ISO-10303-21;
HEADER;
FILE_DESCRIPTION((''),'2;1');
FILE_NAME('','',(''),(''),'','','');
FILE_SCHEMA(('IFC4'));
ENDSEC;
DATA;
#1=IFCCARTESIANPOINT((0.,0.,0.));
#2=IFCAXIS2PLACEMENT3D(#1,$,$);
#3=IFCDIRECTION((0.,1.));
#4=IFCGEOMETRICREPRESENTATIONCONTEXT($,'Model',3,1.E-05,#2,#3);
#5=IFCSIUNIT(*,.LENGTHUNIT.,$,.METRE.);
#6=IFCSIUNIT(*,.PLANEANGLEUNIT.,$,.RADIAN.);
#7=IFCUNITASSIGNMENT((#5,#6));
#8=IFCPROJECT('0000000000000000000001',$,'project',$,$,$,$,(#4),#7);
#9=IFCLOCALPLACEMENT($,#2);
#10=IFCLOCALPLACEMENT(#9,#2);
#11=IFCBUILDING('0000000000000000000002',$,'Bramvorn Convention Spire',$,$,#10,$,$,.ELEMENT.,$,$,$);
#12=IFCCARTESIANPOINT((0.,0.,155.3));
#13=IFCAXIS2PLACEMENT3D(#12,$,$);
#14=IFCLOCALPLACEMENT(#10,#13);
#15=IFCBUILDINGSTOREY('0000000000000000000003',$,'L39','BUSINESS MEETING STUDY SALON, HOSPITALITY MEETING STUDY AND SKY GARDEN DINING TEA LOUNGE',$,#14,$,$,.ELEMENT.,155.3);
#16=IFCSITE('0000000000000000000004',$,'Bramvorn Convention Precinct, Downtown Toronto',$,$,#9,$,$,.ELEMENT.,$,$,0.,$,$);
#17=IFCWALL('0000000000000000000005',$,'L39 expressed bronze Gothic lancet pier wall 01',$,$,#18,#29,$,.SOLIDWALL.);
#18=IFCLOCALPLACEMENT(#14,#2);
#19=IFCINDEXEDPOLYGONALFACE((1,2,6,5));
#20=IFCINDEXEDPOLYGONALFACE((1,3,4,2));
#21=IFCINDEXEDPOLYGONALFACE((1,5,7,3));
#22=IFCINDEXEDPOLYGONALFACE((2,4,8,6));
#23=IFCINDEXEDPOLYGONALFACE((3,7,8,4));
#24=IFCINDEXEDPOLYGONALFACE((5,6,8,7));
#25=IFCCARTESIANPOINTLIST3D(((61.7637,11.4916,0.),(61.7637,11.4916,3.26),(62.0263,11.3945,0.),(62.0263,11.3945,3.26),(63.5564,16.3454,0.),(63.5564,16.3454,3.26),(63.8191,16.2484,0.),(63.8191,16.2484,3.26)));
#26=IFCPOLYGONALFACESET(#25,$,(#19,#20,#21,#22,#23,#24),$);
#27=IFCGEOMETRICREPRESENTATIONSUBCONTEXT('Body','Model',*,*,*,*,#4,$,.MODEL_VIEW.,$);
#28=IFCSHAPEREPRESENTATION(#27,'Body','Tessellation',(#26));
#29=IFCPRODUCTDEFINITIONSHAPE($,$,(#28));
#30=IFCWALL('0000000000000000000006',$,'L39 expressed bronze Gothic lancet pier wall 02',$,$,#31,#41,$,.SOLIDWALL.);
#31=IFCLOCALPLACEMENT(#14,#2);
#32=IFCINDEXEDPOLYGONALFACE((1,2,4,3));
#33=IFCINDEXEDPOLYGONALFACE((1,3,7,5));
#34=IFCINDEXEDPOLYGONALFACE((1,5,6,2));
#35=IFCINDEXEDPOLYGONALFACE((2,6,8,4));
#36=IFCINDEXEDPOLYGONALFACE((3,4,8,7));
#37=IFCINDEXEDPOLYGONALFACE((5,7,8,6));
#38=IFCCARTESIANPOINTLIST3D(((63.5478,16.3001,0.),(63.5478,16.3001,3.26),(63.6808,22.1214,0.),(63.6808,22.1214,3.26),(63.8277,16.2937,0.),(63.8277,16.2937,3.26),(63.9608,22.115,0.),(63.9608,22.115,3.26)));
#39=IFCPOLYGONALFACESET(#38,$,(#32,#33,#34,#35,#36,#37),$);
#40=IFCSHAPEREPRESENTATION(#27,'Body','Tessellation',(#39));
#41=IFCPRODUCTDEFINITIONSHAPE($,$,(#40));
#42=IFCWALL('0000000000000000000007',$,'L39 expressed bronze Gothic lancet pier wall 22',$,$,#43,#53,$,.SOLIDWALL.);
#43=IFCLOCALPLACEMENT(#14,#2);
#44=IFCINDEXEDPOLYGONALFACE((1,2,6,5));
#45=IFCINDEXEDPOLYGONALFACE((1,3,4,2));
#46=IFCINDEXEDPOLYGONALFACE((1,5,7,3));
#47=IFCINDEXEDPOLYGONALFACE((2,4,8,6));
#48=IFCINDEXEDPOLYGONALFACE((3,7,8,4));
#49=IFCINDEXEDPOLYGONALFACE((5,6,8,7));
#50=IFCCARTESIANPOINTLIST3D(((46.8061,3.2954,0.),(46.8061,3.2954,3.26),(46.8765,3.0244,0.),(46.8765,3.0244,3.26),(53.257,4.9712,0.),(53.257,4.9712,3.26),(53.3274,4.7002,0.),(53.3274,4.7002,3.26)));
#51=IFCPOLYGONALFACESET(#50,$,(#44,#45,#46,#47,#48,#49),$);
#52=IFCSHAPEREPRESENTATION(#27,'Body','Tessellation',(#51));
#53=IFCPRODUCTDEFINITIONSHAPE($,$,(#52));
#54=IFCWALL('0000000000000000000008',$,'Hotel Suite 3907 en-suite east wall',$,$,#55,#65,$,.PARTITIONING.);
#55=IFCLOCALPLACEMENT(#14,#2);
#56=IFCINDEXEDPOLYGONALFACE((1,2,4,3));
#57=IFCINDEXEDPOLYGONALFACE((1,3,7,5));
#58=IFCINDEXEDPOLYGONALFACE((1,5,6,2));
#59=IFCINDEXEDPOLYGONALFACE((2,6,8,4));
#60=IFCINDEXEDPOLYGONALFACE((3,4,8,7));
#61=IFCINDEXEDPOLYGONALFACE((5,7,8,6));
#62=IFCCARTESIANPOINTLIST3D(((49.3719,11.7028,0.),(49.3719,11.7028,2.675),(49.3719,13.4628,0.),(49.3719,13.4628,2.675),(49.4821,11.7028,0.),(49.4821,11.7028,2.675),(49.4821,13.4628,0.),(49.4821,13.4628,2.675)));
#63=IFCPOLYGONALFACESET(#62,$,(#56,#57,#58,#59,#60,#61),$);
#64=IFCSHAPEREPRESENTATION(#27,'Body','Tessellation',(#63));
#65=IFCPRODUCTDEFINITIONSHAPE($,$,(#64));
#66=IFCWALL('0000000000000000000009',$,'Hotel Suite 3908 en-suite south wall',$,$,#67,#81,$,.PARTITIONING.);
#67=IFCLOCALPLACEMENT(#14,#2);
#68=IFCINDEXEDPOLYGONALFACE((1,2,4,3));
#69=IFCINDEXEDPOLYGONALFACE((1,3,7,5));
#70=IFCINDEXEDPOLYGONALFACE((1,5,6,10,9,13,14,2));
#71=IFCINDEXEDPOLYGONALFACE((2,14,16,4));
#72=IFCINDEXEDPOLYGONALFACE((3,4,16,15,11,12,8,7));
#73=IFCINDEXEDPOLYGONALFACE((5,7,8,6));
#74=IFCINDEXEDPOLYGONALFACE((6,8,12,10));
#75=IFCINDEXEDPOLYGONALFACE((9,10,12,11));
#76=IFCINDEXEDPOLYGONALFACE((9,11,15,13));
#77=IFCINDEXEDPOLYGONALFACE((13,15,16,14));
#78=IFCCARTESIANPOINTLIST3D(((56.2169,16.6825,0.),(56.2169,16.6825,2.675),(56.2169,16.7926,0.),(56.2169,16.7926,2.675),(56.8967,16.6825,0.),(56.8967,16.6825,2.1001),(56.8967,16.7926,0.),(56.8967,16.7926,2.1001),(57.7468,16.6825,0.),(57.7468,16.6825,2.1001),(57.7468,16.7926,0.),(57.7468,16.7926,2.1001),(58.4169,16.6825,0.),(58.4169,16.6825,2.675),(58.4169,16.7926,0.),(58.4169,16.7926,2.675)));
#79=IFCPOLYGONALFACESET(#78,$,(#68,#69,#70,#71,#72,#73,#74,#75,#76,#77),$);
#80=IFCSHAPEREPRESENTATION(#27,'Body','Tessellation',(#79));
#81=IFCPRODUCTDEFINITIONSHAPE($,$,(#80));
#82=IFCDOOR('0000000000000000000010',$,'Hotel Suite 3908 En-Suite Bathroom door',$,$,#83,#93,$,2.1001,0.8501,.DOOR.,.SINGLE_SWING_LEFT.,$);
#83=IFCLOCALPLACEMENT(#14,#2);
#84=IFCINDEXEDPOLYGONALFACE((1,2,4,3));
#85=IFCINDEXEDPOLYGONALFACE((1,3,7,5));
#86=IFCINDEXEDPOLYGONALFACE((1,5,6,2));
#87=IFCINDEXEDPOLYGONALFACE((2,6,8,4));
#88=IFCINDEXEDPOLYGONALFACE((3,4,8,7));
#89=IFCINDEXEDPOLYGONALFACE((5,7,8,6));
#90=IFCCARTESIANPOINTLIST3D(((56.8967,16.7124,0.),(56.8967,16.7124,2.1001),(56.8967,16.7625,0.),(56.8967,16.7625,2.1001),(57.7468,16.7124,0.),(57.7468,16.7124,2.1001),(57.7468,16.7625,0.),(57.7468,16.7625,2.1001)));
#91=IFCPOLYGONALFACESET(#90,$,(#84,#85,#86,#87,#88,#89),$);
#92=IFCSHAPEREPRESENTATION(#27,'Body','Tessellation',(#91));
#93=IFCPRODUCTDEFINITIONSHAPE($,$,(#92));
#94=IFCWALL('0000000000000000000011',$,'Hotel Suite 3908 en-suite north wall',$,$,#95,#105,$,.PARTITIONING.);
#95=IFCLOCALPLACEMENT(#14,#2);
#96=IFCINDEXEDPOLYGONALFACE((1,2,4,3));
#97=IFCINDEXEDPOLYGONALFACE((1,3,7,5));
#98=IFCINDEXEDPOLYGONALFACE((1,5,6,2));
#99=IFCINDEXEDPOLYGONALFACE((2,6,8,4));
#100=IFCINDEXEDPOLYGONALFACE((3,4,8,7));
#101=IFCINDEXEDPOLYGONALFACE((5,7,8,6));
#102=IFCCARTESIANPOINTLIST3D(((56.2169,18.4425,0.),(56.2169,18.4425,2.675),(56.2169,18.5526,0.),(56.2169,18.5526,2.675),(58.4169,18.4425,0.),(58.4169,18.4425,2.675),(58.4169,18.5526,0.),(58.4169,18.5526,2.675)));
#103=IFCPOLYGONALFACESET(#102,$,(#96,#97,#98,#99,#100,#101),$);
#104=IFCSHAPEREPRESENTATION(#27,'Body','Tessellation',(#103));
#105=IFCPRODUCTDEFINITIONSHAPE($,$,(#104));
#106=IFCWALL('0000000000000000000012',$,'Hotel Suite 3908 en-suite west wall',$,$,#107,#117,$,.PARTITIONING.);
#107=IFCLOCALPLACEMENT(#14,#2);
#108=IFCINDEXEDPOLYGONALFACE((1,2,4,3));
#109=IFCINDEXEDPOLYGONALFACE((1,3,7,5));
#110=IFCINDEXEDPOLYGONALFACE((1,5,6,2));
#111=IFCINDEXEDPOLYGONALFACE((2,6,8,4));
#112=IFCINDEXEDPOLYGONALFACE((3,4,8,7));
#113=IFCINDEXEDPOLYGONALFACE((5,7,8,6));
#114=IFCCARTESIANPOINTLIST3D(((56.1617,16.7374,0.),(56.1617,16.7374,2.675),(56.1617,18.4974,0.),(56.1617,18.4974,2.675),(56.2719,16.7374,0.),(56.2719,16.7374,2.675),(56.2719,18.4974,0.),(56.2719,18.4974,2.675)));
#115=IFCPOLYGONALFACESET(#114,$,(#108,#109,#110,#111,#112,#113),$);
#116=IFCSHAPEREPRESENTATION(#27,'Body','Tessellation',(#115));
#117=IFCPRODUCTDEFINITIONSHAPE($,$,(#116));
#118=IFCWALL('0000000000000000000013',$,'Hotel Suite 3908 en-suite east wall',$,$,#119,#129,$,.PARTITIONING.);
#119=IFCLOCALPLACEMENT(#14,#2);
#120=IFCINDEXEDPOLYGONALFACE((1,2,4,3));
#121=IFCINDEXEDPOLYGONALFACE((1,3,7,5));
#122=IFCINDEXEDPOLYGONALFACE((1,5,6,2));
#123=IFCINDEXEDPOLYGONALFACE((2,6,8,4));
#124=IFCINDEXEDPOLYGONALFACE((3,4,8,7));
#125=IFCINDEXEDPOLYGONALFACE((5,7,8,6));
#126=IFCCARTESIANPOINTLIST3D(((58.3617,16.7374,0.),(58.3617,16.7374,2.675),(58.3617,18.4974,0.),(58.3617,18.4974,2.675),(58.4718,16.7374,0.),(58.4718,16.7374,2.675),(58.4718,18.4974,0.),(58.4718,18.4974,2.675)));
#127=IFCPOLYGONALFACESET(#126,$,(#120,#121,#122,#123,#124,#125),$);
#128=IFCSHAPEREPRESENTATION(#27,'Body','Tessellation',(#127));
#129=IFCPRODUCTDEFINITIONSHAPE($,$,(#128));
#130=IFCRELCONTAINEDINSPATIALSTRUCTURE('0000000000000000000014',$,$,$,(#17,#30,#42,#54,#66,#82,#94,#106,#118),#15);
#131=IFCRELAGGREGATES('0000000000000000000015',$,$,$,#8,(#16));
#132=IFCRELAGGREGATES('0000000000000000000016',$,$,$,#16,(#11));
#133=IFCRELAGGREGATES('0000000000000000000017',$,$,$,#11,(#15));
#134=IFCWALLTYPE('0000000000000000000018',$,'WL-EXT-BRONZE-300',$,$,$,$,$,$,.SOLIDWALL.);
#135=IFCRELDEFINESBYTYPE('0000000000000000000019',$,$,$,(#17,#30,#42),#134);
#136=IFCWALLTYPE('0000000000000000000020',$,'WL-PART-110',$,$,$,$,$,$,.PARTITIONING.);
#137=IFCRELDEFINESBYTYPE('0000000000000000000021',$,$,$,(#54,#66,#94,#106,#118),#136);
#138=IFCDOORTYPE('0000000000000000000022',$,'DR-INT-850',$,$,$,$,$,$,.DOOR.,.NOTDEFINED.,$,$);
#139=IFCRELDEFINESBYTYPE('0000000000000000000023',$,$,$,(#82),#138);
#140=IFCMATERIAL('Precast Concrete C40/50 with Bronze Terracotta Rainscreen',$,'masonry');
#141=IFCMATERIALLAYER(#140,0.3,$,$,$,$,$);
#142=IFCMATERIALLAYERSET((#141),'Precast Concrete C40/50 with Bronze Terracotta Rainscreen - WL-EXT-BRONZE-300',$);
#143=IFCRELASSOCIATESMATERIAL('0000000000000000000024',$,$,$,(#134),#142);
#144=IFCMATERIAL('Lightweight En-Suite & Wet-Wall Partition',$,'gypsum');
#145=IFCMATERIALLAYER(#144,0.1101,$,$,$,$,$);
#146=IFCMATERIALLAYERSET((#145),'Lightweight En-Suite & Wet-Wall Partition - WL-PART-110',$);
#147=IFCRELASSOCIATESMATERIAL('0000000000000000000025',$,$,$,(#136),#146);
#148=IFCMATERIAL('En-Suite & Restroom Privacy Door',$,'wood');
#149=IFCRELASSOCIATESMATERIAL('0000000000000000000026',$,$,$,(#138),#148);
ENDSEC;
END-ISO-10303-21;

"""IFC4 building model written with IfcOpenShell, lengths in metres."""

from ifc_helpers import new_model, si_unit, direction, frame, frame_2d, origin, place, context, subcontext, project, spatial, rectangle, extrude, material, layer, layer_set, type_object, element, fill, save


model = new_model("IFC4")

# Units and contexts
model_context = context("Model", 3, precision=1e-05, world=origin(), true_north=direction((0.0, 1.0)))
body_context = subcontext(model_context, "Body", "Model", "MODEL_VIEW")
ifc_project = project(units=[si_unit("LENGTHUNIT", "METRE"), si_unit("PLANEANGLEUNIT", "RADIAN")], contexts=[model_context])

# Site, building, storey
site_placement = place(None, origin())
site = spatial("IfcSite", under=ifc_project, at=site_placement, Name="Bramvorn Convention Precinct, Downtown Toronto", CompositionType="ELEMENT", RefElevation=0.0)
building_placement = place(site_placement, origin())
building = spatial("IfcBuilding", under=site, at=building_placement, Name="Bramvorn Convention Spire", CompositionType="ELEMENT")
storey_placement = place(building_placement, frame((0.0, 0.0, 155.3)))
storey = spatial("IfcBuildingStorey", under=building, at=storey_placement, Name="L39", Description="BUSINESS MEETING STUDY SALON, HOSPITALITY MEETING STUDY AND SKY GARDEN DINING TEA LOUNGE", CompositionType="ELEMENT", Elevation=155.3)

# Walls
ifc_material_1 = material(Name="Precast Concrete C40/50 with Bronze Terracotta Rainscreen", Category="masonry")
ifc_layer_1 = layer(ifc_material_1, 0.3)
ifc_layer_set_1 = layer_set([ifc_layer_1], Name="Precast Concrete C40/50 with Bronze Terracotta Rainscreen - WL-EXT-BRONZE-300")
wall_type_1 = type_object("IfcWallType", Name="WL-EXT-BRONZE-300", PredefinedType="SOLIDWALL", material=ifc_layer_set_1)
wall_1_placement = place(storey_placement, frame((63.6877, 16.2969, 0.0), z_axis=(0.0, 0.0, 1.0), x_axis=(-0.346471, -0.938061, 0.0)))
element("IfcWall", 1, at=wall_1_placement, inside=storey, type_object=wall_type_1, Name="L39 expressed bronze Gothic lancet pier wall 01", PredefinedType="SOLIDWALL", context=body_context, shape_type="SweptSolid", body=[
    extrude(rectangle(XDim=5.1743, YDim=0.28, at=frame_2d((2.5872, 0.0))), origin(), (0.0, 0.0, 1.0), 3.26),
])
wall_2_placement = place(storey_placement, frame((63.8208, 22.1182, 0.0), z_axis=(0.0, 0.0, 1.0), x_axis=(-0.022851, -0.999739, 0.0)))
element("IfcWall", 2, at=wall_2_placement, inside=storey, type_object=wall_type_1, Name="L39 expressed bronze Gothic lancet pier wall 02", PredefinedType="SOLIDWALL", context=body_context, shape_type="SweptSolid", body=[
    extrude(rectangle(XDim=5.8228, YDim=0.28, at=frame_2d((2.9114, 0.0))), origin(), (0.0, 0.0, 1.0), 3.26),
])
wall_3_placement = place(storey_placement, frame((53.2922, 4.8357, 0.0), z_axis=(0.0, 0.0, 1.0), x_axis=(-0.967876, -0.251429, 0.0)))
element("IfcWall", 3, at=wall_3_placement, inside=storey, type_object=wall_type_1, Name="L39 expressed bronze Gothic lancet pier wall 22", PredefinedType="SOLIDWALL", context=body_context, shape_type="SweptSolid", body=[
    extrude(rectangle(XDim=6.665, YDim=0.28, at=frame_2d((3.3325, 0.0))), origin(), (0.0, 0.0, 1.0), 3.26),
])
ifc_material_2 = material(Name="Lightweight En-Suite & Wet-Wall Partition", Category="gypsum")
ifc_layer_2 = layer(ifc_material_2, 0.1101)
ifc_layer_set_2 = layer_set([ifc_layer_2], Name="Lightweight En-Suite & Wet-Wall Partition - WL-PART-110")
wall_type_2 = type_object("IfcWallType", Name="WL-PART-110", PredefinedType="PARTITIONING", material=ifc_layer_set_2)
wall_4_placement = place(storey_placement, frame((49.427, 11.7029, 0.0), z_axis=(0.0, 0.0, 1.0), x_axis=(0.0, 1.0, 0.0)))
element("IfcWall", 4, at=wall_4_placement, inside=storey, type_object=wall_type_2, Name="Hotel Suite 3907 en-suite east wall", PredefinedType="PARTITIONING", context=body_context, shape_type="SweptSolid", body=[
    extrude(rectangle(XDim=1.76, YDim=0.1101, at=frame_2d((0.8799, 0.0))), origin(), (0.0, 0.0, 1.0), 2.675),
])

# Wall, opening, door
wall_5_placement = place(storey_placement, frame((56.2168, 16.7375, 0.0), z_axis=(0.0, 0.0, 1.0), x_axis=(1.0, 0.0, 0.0)))
wall_5 = element("IfcWall", 5, at=wall_5_placement, inside=storey, type_object=wall_type_2, Name="Hotel Suite 3908 en-suite south wall", PredefinedType="PARTITIONING", context=body_context, shape_type="SweptSolid", body=[
    extrude(rectangle(XDim=2.2, YDim=0.1101, at=frame_2d((1.1001, 0.0))), origin(), (0.0, 0.0, 1.0), 2.675),
])
opening_placement = place(wall_5_placement, frame((0.6799, 0.0, 0.0)))
opening = element("IfcOpeningElement", 6, at=opening_placement, cuts=wall_5, PredefinedType="OPENING", context=body_context, shape_type="SweptSolid", body=[
    extrude(rectangle(XDim=0.8501, YDim=2.1001, at=frame_2d((0.425, 1.05))), frame((0.0, 0.0649, 0.0), z_axis=(0.0, -1.0, 0.0), x_axis=(1.0, 0.0, 0.0)), (0.0, 0.0, 1.0), 0.1301),
])
ifc_material_3 = material(Name="En-Suite & Restroom Privacy Door", Category="wood")
door_type = type_object("IfcDoorType", Name="DR-INT-850", OperationType="NOTDEFINED", PredefinedType="DOOR", material=ifc_material_3)
door_placement = place(opening_placement, origin())
door = element("IfcDoor", 7, at=door_placement, inside=storey, type_object=door_type, Name="Hotel Suite 3908 En-Suite Bathroom door", OperationType="SINGLE_SWING_LEFT", OverallHeight=2.1001, OverallWidth=0.8501, PredefinedType="DOOR", context=body_context, shape_type="SweptSolid", body=[
    extrude(rectangle(XDim=0.8501, YDim=2.1001, at=frame_2d((0.425, 1.05))), frame((0.0, 0.0249, 0.0), z_axis=(0.0, -1.0, 0.0), x_axis=(1.0, 0.0, 0.0)), (0.0, 0.0, 1.0), 0.05),
])
fill(opening, door)

# Walls
wall_6_placement = place(storey_placement, frame((56.2168, 18.4976, 0.0), z_axis=(0.0, 0.0, 1.0), x_axis=(1.0, 0.0, 0.0)))
element("IfcWall", 8, at=wall_6_placement, inside=storey, type_object=wall_type_2, Name="Hotel Suite 3908 en-suite north wall", PredefinedType="PARTITIONING", context=body_context, shape_type="SweptSolid", body=[
    extrude(rectangle(XDim=2.2, YDim=0.1101, at=frame_2d((1.1001, 0.0))), origin(), (0.0, 0.0, 1.0), 2.675),
])
for number, where, z_axis, x_axis, name in (
    (9, (56.2168, 16.7375, 0.0), (0.0, 0.0, 1.0), (0.0, 1.0, 0.0), "Hotel Suite 3908 en-suite west wall"),
    (10, (58.4167, 16.7375, 0.0), (0.0, 0.0, 1.0), (0.0, 1.0, 0.0), "Hotel Suite 3908 en-suite east wall"),
):
    element("IfcWall", number, at=place(storey_placement, frame(where, z_axis=z_axis, x_axis=x_axis)), inside=storey, type_object=wall_type_2, Name=name, PredefinedType="PARTITIONING", context=body_context, shape_type="SweptSolid", body=[
        extrude(rectangle(XDim=1.76, YDim=0.1101, at=frame_2d((0.8799, 0.0))), origin(), (0.0, 0.0, 1.0), 2.675),
    ])

save(model, "model.ifc")
